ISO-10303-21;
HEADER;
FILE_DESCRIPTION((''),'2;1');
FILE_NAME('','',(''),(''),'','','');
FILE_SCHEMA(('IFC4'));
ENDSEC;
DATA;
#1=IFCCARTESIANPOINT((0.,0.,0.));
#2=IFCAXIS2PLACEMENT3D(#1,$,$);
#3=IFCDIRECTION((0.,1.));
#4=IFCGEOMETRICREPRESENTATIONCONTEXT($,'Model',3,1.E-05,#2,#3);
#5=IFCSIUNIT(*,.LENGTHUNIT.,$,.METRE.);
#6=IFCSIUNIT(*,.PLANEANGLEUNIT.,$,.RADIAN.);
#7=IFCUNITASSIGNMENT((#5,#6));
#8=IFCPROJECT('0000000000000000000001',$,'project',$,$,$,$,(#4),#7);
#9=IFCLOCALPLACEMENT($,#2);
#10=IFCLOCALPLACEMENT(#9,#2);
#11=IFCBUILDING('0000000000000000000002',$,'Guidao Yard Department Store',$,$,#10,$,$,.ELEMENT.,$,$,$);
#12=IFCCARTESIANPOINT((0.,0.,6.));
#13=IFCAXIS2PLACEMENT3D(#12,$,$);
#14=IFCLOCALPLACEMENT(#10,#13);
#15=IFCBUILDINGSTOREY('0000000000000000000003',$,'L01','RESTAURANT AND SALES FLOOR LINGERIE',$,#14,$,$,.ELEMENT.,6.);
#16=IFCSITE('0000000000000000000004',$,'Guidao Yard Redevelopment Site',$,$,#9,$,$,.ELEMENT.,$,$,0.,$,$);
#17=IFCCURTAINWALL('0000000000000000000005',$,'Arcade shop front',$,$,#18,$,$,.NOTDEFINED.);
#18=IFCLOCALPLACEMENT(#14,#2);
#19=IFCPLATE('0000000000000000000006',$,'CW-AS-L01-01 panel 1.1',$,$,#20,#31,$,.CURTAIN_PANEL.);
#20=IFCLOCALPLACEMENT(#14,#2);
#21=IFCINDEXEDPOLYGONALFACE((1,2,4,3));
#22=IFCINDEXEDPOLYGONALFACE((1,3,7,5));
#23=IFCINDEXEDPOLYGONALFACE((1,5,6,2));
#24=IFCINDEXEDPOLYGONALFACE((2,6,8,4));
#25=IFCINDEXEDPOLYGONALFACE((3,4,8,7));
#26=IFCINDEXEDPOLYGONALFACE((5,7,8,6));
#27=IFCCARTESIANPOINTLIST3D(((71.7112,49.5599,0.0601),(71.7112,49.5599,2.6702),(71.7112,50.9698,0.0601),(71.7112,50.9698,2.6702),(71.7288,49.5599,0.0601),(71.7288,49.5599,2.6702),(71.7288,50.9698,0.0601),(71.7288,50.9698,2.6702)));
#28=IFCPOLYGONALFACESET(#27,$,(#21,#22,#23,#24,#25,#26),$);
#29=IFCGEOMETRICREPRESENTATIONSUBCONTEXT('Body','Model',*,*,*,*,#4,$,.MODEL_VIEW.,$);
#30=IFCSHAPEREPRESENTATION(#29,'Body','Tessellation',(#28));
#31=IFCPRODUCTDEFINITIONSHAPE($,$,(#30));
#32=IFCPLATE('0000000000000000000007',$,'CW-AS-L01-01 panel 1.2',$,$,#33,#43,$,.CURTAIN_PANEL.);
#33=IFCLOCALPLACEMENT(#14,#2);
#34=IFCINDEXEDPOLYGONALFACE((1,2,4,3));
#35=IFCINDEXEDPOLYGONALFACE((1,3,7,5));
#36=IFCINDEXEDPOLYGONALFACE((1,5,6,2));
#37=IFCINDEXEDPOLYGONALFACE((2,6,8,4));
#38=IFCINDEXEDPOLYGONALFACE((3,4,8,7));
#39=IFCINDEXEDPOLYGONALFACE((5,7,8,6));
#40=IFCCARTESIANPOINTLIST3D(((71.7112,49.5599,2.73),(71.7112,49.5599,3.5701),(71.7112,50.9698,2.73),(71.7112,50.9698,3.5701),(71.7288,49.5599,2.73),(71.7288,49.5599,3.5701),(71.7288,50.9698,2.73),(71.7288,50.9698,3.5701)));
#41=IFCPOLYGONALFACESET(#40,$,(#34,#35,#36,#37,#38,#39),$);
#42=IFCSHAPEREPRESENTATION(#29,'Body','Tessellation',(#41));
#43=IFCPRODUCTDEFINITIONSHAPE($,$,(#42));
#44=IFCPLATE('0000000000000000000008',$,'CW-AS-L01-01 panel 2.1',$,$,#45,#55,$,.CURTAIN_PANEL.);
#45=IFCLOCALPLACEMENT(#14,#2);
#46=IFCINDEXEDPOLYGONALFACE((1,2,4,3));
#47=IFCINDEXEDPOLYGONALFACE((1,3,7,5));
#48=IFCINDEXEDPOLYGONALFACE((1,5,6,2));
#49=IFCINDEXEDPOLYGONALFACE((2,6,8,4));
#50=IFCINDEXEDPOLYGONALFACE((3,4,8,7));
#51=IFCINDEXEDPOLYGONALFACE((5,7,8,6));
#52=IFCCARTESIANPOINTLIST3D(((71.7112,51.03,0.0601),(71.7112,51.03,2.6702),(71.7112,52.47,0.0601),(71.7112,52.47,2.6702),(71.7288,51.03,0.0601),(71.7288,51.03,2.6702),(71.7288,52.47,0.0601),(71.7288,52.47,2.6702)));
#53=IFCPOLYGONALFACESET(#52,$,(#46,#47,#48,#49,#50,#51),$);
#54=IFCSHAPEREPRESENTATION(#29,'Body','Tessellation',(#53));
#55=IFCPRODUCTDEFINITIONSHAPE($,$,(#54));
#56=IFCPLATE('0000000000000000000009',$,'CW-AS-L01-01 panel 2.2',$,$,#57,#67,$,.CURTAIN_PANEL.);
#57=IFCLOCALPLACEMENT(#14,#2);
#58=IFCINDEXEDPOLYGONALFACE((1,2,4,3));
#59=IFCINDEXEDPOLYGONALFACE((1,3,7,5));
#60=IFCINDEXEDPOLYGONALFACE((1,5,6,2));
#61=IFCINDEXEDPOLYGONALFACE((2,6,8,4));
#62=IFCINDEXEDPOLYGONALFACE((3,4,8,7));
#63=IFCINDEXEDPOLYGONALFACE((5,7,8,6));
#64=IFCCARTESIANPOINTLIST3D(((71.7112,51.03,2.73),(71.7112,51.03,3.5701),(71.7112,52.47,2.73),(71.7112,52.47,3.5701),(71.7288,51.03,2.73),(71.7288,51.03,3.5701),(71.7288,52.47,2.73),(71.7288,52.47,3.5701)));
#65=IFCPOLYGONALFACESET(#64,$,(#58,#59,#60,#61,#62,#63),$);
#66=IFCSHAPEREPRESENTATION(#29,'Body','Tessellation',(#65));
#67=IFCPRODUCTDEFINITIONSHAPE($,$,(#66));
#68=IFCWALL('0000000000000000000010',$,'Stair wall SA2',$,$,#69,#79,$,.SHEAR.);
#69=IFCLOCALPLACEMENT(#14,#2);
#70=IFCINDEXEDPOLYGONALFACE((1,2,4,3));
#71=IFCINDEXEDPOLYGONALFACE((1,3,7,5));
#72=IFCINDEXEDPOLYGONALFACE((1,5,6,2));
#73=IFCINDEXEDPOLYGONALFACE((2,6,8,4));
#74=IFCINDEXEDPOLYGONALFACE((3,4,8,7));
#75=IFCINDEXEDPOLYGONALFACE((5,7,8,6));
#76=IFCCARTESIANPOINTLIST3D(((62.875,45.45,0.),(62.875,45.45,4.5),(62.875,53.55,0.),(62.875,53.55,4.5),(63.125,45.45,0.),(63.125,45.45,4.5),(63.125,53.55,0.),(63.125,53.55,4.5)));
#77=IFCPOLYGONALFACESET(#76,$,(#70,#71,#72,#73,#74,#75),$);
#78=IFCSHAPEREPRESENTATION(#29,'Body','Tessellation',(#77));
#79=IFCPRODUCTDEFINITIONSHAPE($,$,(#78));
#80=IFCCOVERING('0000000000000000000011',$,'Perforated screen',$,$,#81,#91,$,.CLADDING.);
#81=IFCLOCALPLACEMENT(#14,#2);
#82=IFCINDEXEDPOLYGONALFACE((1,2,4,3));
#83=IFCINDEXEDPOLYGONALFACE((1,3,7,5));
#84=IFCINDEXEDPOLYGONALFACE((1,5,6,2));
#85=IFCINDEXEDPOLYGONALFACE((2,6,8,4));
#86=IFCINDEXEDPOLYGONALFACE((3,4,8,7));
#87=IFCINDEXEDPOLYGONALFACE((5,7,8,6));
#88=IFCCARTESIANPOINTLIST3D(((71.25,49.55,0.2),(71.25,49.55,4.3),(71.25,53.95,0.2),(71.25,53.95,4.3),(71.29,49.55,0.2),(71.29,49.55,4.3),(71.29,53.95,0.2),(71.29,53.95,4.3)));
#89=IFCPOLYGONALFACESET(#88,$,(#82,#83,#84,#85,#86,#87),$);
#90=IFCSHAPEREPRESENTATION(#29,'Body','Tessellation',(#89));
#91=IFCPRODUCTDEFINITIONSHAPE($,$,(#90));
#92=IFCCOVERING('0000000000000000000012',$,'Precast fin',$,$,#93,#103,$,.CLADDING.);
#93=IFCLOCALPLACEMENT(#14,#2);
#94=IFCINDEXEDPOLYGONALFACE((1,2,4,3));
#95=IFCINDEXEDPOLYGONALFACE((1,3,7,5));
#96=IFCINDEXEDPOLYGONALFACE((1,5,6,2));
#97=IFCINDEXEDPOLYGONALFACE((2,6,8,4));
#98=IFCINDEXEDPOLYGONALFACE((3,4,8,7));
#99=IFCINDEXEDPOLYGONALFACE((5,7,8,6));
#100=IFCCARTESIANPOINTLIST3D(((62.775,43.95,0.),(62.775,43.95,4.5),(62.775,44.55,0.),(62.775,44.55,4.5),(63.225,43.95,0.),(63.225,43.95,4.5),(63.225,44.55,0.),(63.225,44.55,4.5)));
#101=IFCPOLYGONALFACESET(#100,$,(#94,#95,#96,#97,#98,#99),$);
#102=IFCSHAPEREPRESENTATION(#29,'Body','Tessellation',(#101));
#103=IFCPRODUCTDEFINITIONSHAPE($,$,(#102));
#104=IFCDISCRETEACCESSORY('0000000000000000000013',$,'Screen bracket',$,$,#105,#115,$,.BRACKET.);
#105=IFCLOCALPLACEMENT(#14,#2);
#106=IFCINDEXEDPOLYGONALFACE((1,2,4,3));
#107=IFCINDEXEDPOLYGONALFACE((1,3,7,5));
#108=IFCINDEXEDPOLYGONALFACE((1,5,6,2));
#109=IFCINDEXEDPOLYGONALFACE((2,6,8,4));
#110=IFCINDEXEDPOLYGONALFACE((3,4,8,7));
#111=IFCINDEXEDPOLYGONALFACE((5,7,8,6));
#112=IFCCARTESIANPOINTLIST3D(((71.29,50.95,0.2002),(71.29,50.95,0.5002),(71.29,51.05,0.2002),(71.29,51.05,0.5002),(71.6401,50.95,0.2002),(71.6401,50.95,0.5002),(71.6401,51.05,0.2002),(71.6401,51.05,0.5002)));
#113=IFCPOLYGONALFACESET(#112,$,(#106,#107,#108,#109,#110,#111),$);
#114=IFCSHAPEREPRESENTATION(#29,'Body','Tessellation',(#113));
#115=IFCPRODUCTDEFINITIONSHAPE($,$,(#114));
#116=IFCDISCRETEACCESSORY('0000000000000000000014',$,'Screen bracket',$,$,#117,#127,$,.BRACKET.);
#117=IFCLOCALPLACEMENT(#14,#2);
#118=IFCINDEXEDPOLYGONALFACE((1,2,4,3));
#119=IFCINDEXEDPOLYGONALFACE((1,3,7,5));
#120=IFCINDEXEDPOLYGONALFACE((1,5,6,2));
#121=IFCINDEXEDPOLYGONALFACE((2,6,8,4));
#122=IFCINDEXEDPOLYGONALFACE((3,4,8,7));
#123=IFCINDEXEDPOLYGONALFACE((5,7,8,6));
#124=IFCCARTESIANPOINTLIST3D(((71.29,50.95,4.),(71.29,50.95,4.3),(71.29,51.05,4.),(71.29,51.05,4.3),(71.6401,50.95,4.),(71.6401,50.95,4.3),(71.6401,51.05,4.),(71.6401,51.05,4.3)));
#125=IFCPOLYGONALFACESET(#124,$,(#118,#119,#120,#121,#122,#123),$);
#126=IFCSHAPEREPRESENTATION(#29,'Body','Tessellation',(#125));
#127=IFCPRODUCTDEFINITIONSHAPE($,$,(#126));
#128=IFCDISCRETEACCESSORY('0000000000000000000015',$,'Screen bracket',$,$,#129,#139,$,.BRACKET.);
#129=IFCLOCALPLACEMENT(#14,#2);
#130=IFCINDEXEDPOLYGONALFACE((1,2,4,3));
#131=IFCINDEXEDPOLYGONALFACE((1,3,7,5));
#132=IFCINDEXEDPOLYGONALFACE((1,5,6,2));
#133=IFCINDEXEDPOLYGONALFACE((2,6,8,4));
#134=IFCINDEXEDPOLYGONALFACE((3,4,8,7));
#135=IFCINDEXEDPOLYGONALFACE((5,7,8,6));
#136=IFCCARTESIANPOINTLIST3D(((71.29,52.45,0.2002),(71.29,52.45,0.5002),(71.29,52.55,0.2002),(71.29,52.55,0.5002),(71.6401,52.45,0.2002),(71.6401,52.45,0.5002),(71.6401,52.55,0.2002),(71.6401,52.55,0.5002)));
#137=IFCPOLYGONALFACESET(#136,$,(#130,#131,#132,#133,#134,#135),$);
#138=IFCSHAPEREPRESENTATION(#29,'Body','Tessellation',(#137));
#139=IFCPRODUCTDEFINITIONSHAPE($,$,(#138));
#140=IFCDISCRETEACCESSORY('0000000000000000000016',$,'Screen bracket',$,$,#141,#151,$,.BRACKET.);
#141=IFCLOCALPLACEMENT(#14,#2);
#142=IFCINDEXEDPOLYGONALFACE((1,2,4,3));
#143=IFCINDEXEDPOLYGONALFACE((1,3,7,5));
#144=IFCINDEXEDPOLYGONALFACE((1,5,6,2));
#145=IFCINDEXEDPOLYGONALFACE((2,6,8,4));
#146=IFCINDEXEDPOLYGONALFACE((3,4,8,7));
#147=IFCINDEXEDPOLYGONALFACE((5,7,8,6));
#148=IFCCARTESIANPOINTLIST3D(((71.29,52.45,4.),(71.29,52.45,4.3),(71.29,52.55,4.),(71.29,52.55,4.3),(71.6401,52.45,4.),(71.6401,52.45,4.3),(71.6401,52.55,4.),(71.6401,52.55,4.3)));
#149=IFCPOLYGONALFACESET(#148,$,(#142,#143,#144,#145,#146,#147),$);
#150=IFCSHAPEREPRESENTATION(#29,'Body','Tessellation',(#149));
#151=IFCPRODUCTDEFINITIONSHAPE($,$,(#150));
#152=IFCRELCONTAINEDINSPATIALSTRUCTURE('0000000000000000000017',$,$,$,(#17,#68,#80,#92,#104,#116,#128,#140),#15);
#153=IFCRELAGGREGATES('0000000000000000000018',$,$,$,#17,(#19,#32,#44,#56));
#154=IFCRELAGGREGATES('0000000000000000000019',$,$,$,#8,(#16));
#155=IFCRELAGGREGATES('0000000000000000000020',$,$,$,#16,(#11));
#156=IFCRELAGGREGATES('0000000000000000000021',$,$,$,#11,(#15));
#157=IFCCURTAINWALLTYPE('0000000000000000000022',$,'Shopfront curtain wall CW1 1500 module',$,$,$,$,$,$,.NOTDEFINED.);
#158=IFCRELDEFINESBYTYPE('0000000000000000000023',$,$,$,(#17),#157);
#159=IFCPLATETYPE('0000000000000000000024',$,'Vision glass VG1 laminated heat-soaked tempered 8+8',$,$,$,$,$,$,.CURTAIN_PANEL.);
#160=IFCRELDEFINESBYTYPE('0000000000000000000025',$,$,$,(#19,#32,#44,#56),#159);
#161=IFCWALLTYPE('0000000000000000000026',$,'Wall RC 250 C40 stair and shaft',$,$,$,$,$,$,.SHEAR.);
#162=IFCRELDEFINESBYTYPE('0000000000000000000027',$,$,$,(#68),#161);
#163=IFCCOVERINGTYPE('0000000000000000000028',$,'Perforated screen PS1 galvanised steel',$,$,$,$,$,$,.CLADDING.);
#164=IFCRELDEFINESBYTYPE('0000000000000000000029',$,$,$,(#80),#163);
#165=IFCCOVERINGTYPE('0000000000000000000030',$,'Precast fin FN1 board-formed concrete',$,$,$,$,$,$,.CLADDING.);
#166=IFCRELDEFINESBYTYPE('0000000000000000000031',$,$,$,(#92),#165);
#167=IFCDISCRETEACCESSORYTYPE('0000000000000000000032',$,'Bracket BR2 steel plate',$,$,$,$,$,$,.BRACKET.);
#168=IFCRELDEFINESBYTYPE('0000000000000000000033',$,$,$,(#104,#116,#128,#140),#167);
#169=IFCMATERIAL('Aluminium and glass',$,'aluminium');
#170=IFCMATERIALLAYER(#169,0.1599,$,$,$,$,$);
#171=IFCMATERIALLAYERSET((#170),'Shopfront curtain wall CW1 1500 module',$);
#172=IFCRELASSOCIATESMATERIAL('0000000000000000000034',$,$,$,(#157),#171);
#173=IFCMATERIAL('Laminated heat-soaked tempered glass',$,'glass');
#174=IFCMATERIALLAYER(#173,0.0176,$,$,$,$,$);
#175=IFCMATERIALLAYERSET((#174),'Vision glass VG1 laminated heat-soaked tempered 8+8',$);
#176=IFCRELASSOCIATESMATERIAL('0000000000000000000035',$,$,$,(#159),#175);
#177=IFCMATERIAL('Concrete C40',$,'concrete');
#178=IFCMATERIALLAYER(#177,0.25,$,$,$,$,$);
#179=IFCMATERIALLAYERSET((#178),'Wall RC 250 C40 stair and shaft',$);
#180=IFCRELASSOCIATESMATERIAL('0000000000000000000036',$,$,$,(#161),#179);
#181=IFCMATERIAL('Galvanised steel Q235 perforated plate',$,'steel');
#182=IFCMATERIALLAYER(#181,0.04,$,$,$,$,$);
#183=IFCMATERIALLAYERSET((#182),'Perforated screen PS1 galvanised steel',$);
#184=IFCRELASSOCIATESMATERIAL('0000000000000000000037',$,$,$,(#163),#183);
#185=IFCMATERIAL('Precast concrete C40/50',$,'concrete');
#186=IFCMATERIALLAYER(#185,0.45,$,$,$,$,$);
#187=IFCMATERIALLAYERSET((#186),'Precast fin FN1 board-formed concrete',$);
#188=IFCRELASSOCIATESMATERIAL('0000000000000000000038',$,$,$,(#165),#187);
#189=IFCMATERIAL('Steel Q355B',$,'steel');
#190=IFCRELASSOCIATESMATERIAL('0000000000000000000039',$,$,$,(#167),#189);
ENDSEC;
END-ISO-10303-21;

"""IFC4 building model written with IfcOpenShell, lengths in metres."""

from ifc_helpers import new_model, si_unit, direction, frame, frame_2d, origin, origin_2d, place, context, subcontext, project, spatial, rectangle, extrude, material, layer, layer_set, type_object, element, aggregate, save


model = new_model("IFC4")

# Units and contexts
model_context = context("Model", 3, precision=1e-05, world=origin(), true_north=direction((0.0, 1.0)))
body_context = subcontext(model_context, "Body", "Model", "MODEL_VIEW")
ifc_project = project(units=[si_unit("LENGTHUNIT", "METRE"), si_unit("PLANEANGLEUNIT", "RADIAN")], contexts=[model_context])

# Site, building, storey
site_placement = place(None, origin())
site = spatial("IfcSite", under=ifc_project, at=site_placement, Name="Guidao Yard Redevelopment Site", CompositionType="ELEMENT", RefElevation=0.0)
building_placement = place(site_placement, origin())
building = spatial("IfcBuilding", under=site, at=building_placement, Name="Guidao Yard Department Store", CompositionType="ELEMENT")
storey_placement = place(building_placement, frame((0.0, 0.0, 6.0)))
storey = spatial("IfcBuildingStorey", under=building, at=storey_placement, Name="L01", Description="RESTAURANT AND SALES FLOOR LINGERIE", CompositionType="ELEMENT", Elevation=6.0)

# Curtain wall, plates
ifc_material_1 = material(Name="Aluminium and glass", Category="aluminium")
ifc_layer_1 = layer(ifc_material_1, 0.1599)
ifc_layer_set_1 = layer_set([ifc_layer_1], Name="Shopfront curtain wall CW1 1500 module")
curtain_wall_type = type_object("IfcCurtainWallType", Name="Shopfront curtain wall CW1 1500 module", PredefinedType="NOTDEFINED", material=ifc_layer_set_1)
curtain_wall_placement = place(storey_placement, origin())
curtain_wall = element("IfcCurtainWall", 1, at=curtain_wall_placement, inside=storey, type_object=curtain_wall_type, Name="Arcade shop front", PredefinedType="NOTDEFINED")
ifc_material_2 = material(Name="Laminated heat-soaked tempered glass", Category="glass")
ifc_layer_2 = layer(ifc_material_2, 0.0176)
ifc_layer_set_2 = layer_set([ifc_layer_2], Name="Vision glass VG1 laminated heat-soaked tempered 8+8")
plate_type_1 = type_object("IfcPlateType", Name="Vision glass VG1 laminated heat-soaked tempered 8+8", PredefinedType="CURTAIN_PANEL", material=ifc_layer_set_2)
plate_1_placement = place(storey_placement, frame((71.72, 50.2649, 0.0601), z_axis=(0.0, 0.0, 1.0), x_axis=(0.0, 1.0, 0.0)))
plate_1 = element("IfcPlate", 2, at=plate_1_placement, type_object=plate_type_1, Name="CW-AS-L01-01 panel 1.1", PredefinedType="CURTAIN_PANEL", context=body_context, shape_type="SweptSolid", body=[
    extrude(rectangle(XDim=1.4099, YDim=0.0176, at=origin_2d()), origin(), (0.0, 0.0, 1.0), 2.6101),
])
plate_2_placement = place(storey_placement, frame((71.72, 50.2649, 2.73), z_axis=(0.0, 0.0, 1.0), x_axis=(0.0, 1.0, 0.0)))
plate_2 = element("IfcPlate", 3, at=plate_2_placement, type_object=plate_type_1, Name="CW-AS-L01-01 panel 1.2", PredefinedType="CURTAIN_PANEL", context=body_context, shape_type="SweptSolid", body=[
    extrude(rectangle(XDim=1.4099, YDim=0.0176, at=origin_2d()), origin(), (0.0, 0.0, 1.0), 0.8401),
])
plate_3_placement = place(storey_placement, frame((71.72, 51.75, 0.0601), z_axis=(0.0, 0.0, 1.0), x_axis=(0.0, 1.0, 0.0)))
plate_3 = element("IfcPlate", 4, at=plate_3_placement, type_object=plate_type_1, Name="CW-AS-L01-01 panel 2.1", PredefinedType="CURTAIN_PANEL", context=body_context, shape_type="SweptSolid", body=[
    extrude(rectangle(XDim=1.4399, YDim=0.0176, at=origin_2d()), origin(), (0.0, 0.0, 1.0), 2.6101),
])
plate_4_placement = place(storey_placement, frame((71.72, 51.75, 2.73), z_axis=(0.0, 0.0, 1.0), x_axis=(0.0, 1.0, 0.0)))
plate_4 = element("IfcPlate", 5, at=plate_4_placement, type_object=plate_type_1, Name="CW-AS-L01-01 panel 2.2", PredefinedType="CURTAIN_PANEL", context=body_context, shape_type="SweptSolid", body=[
    extrude(rectangle(XDim=1.4399, YDim=0.0176, at=origin_2d()), origin(), (0.0, 0.0, 1.0), 0.8401),
])
aggregate(curtain_wall, [plate_1, plate_2, plate_3, plate_4])

# Wall
ifc_material_3 = material(Name="Concrete C40", Category="concrete")
ifc_layer_3 = layer(ifc_material_3, 0.25)
ifc_layer_set_3 = layer_set([ifc_layer_3], Name="Wall RC 250 C40 stair and shaft")
wall_type = type_object("IfcWallType", Name="Wall RC 250 C40 stair and shaft", PredefinedType="SHEAR", material=ifc_layer_set_3)
wall_placement = place(storey_placement, frame((63.0, 45.45, 0.0), z_axis=(0.0, 0.0, 1.0), x_axis=(0.0, 1.0, 0.0)))
element("IfcWall", 6, at=wall_placement, inside=storey, type_object=wall_type, Name="Stair wall SA2", PredefinedType="SHEAR", context=body_context, shape_type="SweptSolid", body=[
    extrude(rectangle(XDim=8.1001, YDim=0.25, at=frame_2d((4.05, 0.0))), origin(), (0.0, 0.0, 1.0), 4.5),
])

# Coverings
ifc_material_4 = material(Name="Galvanised steel Q235 perforated plate", Category="steel")
ifc_layer_4 = layer(ifc_material_4, 0.04)
ifc_layer_set_4 = layer_set([ifc_layer_4], Name="Perforated screen PS1 galvanised steel")
covering_type_1 = type_object("IfcCoveringType", Name="Perforated screen PS1 galvanised steel", PredefinedType="CLADDING", material=ifc_layer_set_4)
covering_1_placement = place(storey_placement, frame((71.27, 51.75, 0.2), z_axis=(0.0, 0.0, 1.0), x_axis=(0.0, 1.0, 0.0)))
element("IfcCovering", 7, at=covering_1_placement, inside=storey, type_object=covering_type_1, Name="Perforated screen", PredefinedType="CLADDING", context=body_context, shape_type="SweptSolid", body=[
    extrude(rectangle(XDim=4.3999, YDim=0.04, at=origin_2d()), origin(), (0.0, 0.0, 1.0), 4.1001),
])
ifc_material_5 = material(Name="Precast concrete C40/50", Category="concrete")
ifc_layer_5 = layer(ifc_material_5, 0.45)
ifc_layer_set_5 = layer_set([ifc_layer_5], Name="Precast fin FN1 board-formed concrete")
covering_type_2 = type_object("IfcCoveringType", Name="Precast fin FN1 board-formed concrete", PredefinedType="CLADDING", material=ifc_layer_set_5)
covering_2_placement = place(storey_placement, frame((63.0, 44.25, 0.0), z_axis=(0.0, 0.0, 1.0), x_axis=(-1.0, 0.0, 0.0)))
element("IfcCovering", 8, at=covering_2_placement, inside=storey, type_object=covering_type_2, Name="Precast fin", PredefinedType="CLADDING", context=body_context, shape_type="SweptSolid", body=[
    extrude(rectangle(XDim=0.45, YDim=0.6001, at=origin_2d()), origin(), (0.0, 0.0, 1.0), 4.5),
])

# Discrete accessories
ifc_material_6 = material(Name="Steel Q355B", Category="steel")
discrete_accessory_type = type_object("IfcDiscreteAccessoryType", Name="Bracket BR2 steel plate", PredefinedType="BRACKET", material=ifc_material_6)
for number, where, z_axis, x_axis, name in (
    (9, (71.4651, 51.0, 0.2002), (0.0, 0.0, 1.0), (0.0, 1.0, 0.0), "Screen bracket"),
    (10, (71.4651, 51.0, 4.0), (0.0, 0.0, 1.0), (0.0, 1.0, 0.0), "Screen bracket"),
    (11, (71.4651, 52.5, 0.2002), (0.0, 0.0, 1.0), (0.0, 1.0, 0.0), "Screen bracket"),
    (12, (71.4651, 52.5, 4.0), (0.0, 0.0, 1.0), (0.0, 1.0, 0.0), "Screen bracket"),
):
    element("IfcDiscreteAccessory", number, at=place(storey_placement, frame(where, z_axis=z_axis, x_axis=x_axis)), inside=storey, type_object=discrete_accessory_type, Name=name, PredefinedType="BRACKET", context=body_context, shape_type="SweptSolid", body=[
        extrude(rectangle(XDim=0.1001, YDim=0.3501, at=origin_2d()), origin(), (0.0, 0.0, 1.0), 0.3),
    ])

save(model, "model.ifc")
